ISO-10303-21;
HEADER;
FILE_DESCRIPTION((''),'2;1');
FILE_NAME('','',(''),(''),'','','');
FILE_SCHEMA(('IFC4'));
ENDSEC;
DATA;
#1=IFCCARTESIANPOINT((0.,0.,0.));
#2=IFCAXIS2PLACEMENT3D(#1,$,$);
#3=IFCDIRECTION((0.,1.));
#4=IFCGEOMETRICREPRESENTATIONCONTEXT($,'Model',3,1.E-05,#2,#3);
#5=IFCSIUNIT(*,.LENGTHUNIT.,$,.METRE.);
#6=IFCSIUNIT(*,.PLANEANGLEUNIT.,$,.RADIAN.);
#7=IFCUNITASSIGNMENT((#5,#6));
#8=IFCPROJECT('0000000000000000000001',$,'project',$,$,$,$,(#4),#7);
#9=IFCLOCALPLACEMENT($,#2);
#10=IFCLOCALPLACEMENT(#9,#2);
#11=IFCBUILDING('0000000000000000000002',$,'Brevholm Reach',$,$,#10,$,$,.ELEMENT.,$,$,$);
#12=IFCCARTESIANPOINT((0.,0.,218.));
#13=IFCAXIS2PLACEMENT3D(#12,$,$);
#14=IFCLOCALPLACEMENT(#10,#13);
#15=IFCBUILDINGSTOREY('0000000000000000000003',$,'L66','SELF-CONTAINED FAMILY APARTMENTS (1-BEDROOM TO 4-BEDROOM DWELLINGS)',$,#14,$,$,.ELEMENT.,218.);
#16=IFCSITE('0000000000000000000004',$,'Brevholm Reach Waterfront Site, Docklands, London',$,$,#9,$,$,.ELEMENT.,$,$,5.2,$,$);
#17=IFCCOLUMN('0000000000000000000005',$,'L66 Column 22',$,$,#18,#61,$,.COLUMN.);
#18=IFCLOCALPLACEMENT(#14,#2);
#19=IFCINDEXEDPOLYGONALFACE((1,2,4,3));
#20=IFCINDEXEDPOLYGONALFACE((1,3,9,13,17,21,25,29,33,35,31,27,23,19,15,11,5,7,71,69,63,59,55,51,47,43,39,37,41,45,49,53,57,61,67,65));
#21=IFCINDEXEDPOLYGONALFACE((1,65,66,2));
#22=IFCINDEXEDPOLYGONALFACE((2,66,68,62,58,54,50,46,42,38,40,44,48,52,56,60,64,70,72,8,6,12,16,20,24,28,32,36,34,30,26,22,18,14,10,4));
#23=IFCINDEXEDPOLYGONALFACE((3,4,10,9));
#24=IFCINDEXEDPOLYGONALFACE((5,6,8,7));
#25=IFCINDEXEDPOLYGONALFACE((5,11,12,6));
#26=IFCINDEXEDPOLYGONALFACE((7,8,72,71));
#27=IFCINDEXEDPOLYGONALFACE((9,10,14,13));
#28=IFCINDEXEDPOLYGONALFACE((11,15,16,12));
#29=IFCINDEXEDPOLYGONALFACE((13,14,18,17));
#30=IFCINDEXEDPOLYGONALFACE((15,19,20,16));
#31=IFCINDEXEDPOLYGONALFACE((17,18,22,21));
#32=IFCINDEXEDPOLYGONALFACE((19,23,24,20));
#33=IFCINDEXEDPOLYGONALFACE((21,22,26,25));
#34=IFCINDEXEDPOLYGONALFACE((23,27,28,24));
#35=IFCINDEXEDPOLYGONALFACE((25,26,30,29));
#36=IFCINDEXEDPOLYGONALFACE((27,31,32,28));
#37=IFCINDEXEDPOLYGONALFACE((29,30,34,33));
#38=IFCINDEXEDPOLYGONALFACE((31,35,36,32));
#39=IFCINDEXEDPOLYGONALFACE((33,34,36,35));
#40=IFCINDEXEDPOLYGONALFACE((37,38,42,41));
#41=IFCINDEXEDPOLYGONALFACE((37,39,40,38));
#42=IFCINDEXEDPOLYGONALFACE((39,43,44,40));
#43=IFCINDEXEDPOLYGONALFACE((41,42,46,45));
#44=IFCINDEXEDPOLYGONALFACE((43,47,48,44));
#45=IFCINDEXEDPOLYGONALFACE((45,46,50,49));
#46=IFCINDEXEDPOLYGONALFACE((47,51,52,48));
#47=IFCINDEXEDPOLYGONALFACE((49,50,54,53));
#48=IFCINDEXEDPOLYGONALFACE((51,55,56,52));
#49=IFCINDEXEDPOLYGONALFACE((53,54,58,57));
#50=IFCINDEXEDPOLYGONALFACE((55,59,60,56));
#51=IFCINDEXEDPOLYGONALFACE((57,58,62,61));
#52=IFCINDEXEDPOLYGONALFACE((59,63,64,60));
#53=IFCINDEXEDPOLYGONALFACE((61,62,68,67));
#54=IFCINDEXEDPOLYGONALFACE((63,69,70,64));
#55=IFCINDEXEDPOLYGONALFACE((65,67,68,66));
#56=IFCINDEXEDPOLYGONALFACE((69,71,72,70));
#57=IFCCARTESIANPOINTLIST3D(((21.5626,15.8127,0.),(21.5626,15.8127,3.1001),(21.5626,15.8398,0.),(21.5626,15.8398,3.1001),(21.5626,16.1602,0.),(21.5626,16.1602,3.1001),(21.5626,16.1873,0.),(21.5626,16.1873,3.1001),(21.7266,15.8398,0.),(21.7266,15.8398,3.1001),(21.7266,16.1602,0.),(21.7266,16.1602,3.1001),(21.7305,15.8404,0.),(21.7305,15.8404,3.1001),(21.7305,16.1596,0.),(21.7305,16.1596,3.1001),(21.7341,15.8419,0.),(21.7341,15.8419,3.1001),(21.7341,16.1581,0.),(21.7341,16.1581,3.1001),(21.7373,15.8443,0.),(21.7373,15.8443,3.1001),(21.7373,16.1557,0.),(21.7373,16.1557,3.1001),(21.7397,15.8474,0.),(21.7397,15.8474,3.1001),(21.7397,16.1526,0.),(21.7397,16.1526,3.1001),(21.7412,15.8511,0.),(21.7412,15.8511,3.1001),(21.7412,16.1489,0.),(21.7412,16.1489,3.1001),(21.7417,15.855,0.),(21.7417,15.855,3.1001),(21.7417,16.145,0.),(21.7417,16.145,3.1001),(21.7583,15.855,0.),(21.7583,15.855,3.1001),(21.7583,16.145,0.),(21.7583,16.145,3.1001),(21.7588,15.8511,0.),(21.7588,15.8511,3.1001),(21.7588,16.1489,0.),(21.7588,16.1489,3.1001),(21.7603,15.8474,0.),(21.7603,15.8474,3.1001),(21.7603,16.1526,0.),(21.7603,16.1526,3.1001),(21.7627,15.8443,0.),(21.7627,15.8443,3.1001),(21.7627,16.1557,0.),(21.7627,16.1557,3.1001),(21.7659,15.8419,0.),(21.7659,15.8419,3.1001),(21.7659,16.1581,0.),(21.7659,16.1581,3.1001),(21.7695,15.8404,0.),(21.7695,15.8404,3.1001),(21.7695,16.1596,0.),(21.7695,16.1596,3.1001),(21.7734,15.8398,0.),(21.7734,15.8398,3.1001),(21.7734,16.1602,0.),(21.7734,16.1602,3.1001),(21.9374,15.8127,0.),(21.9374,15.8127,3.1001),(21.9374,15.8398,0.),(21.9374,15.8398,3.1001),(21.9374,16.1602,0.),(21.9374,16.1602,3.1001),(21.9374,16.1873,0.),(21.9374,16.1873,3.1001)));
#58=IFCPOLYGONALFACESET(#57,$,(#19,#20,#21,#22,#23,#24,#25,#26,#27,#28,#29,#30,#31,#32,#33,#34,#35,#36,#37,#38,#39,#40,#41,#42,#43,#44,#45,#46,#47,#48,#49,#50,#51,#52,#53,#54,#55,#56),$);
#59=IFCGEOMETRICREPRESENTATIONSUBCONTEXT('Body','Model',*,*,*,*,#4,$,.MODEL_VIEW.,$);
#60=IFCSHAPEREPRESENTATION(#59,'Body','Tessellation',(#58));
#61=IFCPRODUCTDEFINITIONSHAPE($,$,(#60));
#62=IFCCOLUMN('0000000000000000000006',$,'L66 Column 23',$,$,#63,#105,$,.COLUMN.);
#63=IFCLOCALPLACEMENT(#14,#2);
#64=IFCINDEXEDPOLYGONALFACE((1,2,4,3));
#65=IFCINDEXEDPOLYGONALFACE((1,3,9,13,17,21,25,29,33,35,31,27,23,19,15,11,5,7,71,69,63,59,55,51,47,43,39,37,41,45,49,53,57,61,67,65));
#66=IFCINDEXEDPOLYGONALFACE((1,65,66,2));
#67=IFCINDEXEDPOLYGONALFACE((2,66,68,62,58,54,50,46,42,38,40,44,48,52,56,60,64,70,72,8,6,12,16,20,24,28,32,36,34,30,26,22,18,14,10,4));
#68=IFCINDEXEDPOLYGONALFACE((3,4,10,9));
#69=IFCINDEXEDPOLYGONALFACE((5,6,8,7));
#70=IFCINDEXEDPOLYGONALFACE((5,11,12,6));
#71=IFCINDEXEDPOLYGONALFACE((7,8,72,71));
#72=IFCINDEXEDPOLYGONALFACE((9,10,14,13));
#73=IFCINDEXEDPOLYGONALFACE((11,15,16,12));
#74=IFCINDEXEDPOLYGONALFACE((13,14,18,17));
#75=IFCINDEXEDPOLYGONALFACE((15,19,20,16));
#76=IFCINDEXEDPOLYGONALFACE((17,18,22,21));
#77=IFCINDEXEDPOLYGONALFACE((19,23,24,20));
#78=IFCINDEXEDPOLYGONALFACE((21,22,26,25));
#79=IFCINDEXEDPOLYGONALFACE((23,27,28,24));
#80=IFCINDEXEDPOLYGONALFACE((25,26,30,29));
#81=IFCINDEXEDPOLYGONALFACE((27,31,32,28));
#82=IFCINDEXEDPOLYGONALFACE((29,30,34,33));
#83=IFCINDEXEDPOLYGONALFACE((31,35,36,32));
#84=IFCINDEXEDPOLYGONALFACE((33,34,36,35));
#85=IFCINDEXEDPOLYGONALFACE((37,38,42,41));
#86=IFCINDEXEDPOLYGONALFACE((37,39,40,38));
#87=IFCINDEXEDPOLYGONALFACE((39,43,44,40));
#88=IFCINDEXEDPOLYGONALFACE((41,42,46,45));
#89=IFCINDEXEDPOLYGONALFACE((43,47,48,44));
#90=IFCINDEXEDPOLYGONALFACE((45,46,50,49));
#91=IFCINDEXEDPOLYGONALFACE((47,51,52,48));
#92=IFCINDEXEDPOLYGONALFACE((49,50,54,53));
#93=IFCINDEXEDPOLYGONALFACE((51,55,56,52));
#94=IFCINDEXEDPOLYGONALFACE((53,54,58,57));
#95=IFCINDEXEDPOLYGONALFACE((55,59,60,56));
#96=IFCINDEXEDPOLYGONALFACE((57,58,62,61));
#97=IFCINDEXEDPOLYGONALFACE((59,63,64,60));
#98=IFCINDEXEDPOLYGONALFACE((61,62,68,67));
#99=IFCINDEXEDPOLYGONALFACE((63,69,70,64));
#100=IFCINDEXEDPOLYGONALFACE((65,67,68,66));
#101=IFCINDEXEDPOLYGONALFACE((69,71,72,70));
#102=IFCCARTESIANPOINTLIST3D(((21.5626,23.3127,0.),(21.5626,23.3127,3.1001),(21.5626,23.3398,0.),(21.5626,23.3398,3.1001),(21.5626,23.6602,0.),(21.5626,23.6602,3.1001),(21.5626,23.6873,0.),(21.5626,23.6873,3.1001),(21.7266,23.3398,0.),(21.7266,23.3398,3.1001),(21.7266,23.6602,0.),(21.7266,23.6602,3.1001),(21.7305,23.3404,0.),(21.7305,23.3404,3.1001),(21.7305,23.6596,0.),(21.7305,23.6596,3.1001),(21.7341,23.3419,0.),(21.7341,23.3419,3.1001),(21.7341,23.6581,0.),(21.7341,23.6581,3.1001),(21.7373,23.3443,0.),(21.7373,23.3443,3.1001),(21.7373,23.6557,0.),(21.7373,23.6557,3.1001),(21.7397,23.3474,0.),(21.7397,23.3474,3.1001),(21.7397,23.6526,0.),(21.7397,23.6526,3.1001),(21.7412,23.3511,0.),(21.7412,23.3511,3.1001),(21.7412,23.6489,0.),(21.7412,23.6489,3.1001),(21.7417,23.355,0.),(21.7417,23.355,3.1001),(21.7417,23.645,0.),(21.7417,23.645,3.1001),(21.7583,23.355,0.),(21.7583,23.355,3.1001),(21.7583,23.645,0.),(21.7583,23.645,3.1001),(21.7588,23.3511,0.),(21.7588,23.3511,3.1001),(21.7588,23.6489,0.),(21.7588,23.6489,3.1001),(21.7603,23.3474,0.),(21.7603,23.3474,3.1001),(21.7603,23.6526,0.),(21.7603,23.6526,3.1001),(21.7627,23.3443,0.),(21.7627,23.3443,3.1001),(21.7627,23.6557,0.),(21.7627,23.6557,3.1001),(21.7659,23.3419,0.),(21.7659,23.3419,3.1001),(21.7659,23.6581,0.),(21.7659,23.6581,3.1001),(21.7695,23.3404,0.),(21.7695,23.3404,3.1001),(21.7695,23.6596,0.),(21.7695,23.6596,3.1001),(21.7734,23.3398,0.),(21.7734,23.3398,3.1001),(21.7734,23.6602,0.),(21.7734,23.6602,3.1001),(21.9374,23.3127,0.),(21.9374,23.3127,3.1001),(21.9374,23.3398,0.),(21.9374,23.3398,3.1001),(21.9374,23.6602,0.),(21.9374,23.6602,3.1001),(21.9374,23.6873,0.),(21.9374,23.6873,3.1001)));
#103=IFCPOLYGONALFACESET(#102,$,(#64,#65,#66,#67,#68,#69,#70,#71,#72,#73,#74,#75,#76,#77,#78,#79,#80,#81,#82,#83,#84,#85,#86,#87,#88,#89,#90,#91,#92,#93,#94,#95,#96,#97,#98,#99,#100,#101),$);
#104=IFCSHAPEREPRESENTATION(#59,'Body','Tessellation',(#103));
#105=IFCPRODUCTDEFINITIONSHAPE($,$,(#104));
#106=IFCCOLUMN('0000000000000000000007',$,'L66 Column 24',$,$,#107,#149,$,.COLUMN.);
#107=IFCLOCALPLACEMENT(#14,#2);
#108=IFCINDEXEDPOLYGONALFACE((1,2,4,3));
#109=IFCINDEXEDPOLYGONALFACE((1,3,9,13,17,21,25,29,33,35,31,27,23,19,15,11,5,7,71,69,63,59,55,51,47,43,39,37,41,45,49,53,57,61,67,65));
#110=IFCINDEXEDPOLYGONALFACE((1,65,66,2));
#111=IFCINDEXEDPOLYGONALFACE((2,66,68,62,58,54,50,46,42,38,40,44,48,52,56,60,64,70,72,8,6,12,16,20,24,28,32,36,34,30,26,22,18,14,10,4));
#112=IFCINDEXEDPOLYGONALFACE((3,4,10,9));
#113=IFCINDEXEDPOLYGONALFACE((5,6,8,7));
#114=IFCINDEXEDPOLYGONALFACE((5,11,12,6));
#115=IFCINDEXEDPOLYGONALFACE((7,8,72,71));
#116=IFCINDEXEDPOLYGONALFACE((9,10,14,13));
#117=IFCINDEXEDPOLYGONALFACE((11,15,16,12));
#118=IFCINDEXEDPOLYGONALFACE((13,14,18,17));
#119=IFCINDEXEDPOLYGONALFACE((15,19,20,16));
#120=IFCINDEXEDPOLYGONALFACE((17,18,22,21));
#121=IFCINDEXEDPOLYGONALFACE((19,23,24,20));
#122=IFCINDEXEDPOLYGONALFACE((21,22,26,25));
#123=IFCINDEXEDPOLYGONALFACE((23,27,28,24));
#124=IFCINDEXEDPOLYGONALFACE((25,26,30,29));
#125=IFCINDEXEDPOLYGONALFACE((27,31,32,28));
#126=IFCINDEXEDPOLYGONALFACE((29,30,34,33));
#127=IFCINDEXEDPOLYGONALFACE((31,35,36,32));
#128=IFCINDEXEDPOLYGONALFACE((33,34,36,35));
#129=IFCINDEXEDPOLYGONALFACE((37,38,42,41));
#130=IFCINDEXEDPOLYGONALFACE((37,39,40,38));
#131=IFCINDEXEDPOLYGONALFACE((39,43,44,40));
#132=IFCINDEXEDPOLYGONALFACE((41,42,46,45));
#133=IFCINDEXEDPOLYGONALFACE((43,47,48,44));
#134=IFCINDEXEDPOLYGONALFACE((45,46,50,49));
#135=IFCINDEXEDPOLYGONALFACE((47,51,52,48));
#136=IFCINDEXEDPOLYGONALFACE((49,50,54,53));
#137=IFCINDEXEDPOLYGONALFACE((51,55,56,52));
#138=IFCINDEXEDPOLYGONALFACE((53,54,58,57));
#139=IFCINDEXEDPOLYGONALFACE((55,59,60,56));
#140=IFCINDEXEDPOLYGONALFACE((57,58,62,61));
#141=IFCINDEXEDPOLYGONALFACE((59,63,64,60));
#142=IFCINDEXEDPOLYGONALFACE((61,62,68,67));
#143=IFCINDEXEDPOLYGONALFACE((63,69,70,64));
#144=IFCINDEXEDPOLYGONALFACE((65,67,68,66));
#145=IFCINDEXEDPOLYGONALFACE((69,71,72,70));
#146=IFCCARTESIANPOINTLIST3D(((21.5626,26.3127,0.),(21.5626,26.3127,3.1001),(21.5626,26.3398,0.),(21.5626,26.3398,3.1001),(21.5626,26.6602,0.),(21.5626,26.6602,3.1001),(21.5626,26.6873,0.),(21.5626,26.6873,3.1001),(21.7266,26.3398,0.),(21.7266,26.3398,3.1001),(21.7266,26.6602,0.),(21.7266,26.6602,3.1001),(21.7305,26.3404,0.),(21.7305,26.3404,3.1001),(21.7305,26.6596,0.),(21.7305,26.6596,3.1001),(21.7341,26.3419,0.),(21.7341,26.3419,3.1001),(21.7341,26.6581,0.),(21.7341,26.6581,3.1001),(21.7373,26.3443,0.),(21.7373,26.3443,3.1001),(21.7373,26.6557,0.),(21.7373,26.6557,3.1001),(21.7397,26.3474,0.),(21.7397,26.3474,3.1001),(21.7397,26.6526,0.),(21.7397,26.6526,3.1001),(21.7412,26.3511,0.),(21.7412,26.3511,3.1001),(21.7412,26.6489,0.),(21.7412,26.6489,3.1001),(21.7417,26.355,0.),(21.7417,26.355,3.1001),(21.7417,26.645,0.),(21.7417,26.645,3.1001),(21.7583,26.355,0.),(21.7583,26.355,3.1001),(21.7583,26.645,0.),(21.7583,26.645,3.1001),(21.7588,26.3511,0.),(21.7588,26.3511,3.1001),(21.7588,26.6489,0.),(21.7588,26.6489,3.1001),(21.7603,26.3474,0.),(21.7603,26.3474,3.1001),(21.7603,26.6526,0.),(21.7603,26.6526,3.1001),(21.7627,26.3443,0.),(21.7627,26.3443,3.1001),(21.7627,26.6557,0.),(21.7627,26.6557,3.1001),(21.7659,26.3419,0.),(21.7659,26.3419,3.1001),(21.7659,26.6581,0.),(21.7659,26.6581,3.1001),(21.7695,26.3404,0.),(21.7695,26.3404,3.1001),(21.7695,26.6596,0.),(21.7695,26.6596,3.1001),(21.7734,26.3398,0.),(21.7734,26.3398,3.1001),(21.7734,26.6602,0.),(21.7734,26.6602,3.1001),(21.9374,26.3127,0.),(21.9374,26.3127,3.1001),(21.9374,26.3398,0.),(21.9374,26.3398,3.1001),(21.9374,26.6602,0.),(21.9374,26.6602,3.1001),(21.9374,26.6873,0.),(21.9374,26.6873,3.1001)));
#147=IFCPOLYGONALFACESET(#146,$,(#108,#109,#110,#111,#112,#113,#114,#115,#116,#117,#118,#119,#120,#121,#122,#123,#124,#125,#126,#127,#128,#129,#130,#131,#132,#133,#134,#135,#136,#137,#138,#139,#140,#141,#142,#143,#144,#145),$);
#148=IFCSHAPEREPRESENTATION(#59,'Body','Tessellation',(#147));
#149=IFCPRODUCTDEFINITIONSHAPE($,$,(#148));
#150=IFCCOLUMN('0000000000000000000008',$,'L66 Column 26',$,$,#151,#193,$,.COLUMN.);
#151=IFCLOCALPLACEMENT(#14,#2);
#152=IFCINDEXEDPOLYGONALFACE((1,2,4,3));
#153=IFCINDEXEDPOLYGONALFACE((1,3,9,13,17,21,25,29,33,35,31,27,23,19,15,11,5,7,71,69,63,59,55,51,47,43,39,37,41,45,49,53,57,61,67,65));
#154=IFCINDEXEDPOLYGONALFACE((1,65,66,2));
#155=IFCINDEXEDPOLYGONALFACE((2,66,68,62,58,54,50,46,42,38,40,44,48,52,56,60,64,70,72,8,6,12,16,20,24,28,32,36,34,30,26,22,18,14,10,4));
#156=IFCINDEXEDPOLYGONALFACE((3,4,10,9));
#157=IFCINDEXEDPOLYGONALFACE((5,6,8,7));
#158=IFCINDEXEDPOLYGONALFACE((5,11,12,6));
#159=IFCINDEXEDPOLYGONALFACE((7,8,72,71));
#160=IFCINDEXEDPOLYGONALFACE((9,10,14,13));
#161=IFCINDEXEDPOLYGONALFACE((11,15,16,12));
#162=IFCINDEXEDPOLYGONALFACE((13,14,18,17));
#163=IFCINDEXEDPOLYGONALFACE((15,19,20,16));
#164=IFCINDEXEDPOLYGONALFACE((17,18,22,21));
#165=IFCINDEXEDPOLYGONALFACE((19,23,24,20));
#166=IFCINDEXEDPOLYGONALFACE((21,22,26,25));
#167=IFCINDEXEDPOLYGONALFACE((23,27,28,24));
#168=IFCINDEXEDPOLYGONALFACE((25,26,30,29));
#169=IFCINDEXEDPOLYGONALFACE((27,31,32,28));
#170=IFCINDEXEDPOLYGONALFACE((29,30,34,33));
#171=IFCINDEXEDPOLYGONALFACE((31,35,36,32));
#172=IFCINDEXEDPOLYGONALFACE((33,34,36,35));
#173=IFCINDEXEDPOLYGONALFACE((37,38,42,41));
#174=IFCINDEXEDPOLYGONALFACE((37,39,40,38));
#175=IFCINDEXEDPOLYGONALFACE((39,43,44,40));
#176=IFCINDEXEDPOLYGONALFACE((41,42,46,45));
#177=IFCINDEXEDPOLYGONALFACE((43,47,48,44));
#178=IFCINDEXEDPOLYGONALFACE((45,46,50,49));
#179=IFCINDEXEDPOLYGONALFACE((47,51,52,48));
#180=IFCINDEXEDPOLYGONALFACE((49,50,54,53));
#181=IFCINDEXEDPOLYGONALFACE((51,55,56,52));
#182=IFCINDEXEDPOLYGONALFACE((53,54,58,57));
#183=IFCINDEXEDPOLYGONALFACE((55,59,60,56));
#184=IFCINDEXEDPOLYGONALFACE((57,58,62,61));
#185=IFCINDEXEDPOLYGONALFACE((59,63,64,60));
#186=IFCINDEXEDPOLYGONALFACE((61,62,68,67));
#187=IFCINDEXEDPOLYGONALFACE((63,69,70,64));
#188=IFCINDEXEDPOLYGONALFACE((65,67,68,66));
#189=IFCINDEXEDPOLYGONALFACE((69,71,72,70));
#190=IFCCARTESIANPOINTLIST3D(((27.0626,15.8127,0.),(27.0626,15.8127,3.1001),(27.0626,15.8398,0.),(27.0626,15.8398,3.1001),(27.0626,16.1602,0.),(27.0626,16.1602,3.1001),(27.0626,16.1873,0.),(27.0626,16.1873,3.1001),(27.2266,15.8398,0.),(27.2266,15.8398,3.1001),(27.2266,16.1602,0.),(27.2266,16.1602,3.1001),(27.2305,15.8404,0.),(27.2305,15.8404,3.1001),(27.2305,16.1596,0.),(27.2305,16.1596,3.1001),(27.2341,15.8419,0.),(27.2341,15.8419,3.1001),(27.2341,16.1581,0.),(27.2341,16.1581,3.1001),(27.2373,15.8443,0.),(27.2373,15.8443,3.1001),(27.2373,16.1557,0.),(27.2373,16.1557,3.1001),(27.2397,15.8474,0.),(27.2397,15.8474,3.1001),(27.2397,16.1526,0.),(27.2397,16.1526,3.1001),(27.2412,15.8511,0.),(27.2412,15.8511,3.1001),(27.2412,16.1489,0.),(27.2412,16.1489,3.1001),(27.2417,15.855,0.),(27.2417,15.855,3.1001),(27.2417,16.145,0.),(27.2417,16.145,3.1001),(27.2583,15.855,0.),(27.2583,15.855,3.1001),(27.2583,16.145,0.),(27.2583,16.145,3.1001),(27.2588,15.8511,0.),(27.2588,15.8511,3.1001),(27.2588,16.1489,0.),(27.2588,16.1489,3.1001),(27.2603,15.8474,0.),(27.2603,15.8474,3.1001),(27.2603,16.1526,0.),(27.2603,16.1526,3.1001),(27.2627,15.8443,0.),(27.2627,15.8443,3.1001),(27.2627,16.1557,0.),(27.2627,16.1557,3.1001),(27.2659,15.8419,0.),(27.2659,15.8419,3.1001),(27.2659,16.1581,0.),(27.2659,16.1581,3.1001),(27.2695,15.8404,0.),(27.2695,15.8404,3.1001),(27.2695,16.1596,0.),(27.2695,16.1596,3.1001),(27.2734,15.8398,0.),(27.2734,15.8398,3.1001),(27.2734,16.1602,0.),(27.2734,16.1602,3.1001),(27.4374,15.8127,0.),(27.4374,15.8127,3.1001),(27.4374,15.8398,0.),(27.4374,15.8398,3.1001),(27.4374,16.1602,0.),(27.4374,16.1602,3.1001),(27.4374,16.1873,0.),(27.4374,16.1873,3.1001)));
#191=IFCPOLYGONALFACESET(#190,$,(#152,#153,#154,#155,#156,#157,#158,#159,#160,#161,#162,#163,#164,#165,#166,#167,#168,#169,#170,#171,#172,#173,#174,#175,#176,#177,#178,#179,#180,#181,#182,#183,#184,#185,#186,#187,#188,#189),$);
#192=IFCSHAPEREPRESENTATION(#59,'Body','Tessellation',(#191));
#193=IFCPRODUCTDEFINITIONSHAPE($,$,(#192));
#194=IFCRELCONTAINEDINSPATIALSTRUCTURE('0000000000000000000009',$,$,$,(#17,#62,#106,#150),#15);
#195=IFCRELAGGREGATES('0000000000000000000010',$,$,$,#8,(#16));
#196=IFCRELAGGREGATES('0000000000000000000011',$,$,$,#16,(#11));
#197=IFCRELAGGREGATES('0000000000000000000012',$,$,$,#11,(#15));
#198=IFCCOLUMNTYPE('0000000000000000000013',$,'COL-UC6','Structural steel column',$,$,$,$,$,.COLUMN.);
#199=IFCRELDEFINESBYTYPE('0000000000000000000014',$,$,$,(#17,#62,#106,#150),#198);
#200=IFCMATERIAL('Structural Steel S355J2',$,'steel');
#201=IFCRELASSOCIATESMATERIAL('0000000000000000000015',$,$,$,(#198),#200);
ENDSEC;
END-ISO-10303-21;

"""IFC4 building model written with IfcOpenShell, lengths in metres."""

from ifc_helpers import new_model, si_unit, direction, frame, origin, origin_2d, place, context, subcontext, project, spatial, i_section, extrude, material, material_profile, profile_set, type_object, element, save


model = new_model("IFC4")

# Units and contexts
model_context = context("Model", 3, precision=1e-05, world=origin(), true_north=direction((0.0, 1.0)))
body_context = subcontext(model_context, "Body", "Model", "MODEL_VIEW")
ifc_project = project(units=[si_unit("LENGTHUNIT", "METRE"), si_unit("PLANEANGLEUNIT", "RADIAN")], contexts=[model_context])

# Site, building, storey
site_placement = place(None, origin())
site = spatial("IfcSite", under=ifc_project, at=site_placement, Name="Brevholm Reach Waterfront Site, Docklands, London", CompositionType="ELEMENT", RefElevation=5.2)
building_placement = place(site_placement, origin())
building = spatial("IfcBuilding", under=site, at=building_placement, Name="Brevholm Reach", CompositionType="ELEMENT")
storey_placement = place(building_placement, frame((0.0, 0.0, 218.0)))
storey = spatial("IfcBuildingStorey", under=building, at=storey_placement, Name="L66", Description="SELF-CONTAINED FAMILY APARTMENTS (1-BEDROOM TO 4-BEDROOM DWELLINGS)", CompositionType="ELEMENT", Elevation=218.0)

# Columns
ifc_material_1 = material(Name="Structural Steel S355J2", Category="steel")
ifc_material_profile_1 = material_profile(ifc_material_1, i_section(OverallWidth=0.3748, OverallDepth=0.3745, WebThickness=0.0166, FlangeThickness=0.0271, FilletRadius=0.0151, at=origin_2d()), Name="UKC 356x368x202")
ifc_profile_set_1 = profile_set([ifc_material_profile_1], Name="Structural Steel S355J2")
column_type = type_object("IfcColumnType", Name="COL-UC6", Description="Structural steel column", PredefinedType="COLUMN", material=ifc_profile_set_1)
for number, where, z_axis, x_axis, name in (
    (1, (21.75, 16.0, 0.0), (0.0, 0.0, 1.0), (1.0, 0.0, 0.0), "L66 Column 22"),
    (2, (21.75, 23.5, 0.0), (0.0, 0.0, 1.0), (1.0, 0.0, 0.0), "L66 Column 23"),
    (3, (21.75, 26.5, 0.0), (0.0, 0.0, 1.0), (1.0, 0.0, 0.0), "L66 Column 24"),
    (4, (27.25, 16.0, 0.0), (0.0, 0.0, 1.0), (1.0, 0.0, 0.0), "L66 Column 26"),
):
    element("IfcColumn", number, at=place(storey_placement, frame(where, z_axis=z_axis, x_axis=x_axis)), inside=storey, type_object=column_type, Name=name, PredefinedType="COLUMN", context=body_context, shape_type="SweptSolid", body=[
        extrude(i_section(OverallWidth=0.3748, OverallDepth=0.3745, WebThickness=0.0166, FlangeThickness=0.0271, FilletRadius=0.0151, at=origin_2d()), origin(), (0.0, 0.0, 1.0), 3.1001),
    ])

save(model, "model.ifc")
